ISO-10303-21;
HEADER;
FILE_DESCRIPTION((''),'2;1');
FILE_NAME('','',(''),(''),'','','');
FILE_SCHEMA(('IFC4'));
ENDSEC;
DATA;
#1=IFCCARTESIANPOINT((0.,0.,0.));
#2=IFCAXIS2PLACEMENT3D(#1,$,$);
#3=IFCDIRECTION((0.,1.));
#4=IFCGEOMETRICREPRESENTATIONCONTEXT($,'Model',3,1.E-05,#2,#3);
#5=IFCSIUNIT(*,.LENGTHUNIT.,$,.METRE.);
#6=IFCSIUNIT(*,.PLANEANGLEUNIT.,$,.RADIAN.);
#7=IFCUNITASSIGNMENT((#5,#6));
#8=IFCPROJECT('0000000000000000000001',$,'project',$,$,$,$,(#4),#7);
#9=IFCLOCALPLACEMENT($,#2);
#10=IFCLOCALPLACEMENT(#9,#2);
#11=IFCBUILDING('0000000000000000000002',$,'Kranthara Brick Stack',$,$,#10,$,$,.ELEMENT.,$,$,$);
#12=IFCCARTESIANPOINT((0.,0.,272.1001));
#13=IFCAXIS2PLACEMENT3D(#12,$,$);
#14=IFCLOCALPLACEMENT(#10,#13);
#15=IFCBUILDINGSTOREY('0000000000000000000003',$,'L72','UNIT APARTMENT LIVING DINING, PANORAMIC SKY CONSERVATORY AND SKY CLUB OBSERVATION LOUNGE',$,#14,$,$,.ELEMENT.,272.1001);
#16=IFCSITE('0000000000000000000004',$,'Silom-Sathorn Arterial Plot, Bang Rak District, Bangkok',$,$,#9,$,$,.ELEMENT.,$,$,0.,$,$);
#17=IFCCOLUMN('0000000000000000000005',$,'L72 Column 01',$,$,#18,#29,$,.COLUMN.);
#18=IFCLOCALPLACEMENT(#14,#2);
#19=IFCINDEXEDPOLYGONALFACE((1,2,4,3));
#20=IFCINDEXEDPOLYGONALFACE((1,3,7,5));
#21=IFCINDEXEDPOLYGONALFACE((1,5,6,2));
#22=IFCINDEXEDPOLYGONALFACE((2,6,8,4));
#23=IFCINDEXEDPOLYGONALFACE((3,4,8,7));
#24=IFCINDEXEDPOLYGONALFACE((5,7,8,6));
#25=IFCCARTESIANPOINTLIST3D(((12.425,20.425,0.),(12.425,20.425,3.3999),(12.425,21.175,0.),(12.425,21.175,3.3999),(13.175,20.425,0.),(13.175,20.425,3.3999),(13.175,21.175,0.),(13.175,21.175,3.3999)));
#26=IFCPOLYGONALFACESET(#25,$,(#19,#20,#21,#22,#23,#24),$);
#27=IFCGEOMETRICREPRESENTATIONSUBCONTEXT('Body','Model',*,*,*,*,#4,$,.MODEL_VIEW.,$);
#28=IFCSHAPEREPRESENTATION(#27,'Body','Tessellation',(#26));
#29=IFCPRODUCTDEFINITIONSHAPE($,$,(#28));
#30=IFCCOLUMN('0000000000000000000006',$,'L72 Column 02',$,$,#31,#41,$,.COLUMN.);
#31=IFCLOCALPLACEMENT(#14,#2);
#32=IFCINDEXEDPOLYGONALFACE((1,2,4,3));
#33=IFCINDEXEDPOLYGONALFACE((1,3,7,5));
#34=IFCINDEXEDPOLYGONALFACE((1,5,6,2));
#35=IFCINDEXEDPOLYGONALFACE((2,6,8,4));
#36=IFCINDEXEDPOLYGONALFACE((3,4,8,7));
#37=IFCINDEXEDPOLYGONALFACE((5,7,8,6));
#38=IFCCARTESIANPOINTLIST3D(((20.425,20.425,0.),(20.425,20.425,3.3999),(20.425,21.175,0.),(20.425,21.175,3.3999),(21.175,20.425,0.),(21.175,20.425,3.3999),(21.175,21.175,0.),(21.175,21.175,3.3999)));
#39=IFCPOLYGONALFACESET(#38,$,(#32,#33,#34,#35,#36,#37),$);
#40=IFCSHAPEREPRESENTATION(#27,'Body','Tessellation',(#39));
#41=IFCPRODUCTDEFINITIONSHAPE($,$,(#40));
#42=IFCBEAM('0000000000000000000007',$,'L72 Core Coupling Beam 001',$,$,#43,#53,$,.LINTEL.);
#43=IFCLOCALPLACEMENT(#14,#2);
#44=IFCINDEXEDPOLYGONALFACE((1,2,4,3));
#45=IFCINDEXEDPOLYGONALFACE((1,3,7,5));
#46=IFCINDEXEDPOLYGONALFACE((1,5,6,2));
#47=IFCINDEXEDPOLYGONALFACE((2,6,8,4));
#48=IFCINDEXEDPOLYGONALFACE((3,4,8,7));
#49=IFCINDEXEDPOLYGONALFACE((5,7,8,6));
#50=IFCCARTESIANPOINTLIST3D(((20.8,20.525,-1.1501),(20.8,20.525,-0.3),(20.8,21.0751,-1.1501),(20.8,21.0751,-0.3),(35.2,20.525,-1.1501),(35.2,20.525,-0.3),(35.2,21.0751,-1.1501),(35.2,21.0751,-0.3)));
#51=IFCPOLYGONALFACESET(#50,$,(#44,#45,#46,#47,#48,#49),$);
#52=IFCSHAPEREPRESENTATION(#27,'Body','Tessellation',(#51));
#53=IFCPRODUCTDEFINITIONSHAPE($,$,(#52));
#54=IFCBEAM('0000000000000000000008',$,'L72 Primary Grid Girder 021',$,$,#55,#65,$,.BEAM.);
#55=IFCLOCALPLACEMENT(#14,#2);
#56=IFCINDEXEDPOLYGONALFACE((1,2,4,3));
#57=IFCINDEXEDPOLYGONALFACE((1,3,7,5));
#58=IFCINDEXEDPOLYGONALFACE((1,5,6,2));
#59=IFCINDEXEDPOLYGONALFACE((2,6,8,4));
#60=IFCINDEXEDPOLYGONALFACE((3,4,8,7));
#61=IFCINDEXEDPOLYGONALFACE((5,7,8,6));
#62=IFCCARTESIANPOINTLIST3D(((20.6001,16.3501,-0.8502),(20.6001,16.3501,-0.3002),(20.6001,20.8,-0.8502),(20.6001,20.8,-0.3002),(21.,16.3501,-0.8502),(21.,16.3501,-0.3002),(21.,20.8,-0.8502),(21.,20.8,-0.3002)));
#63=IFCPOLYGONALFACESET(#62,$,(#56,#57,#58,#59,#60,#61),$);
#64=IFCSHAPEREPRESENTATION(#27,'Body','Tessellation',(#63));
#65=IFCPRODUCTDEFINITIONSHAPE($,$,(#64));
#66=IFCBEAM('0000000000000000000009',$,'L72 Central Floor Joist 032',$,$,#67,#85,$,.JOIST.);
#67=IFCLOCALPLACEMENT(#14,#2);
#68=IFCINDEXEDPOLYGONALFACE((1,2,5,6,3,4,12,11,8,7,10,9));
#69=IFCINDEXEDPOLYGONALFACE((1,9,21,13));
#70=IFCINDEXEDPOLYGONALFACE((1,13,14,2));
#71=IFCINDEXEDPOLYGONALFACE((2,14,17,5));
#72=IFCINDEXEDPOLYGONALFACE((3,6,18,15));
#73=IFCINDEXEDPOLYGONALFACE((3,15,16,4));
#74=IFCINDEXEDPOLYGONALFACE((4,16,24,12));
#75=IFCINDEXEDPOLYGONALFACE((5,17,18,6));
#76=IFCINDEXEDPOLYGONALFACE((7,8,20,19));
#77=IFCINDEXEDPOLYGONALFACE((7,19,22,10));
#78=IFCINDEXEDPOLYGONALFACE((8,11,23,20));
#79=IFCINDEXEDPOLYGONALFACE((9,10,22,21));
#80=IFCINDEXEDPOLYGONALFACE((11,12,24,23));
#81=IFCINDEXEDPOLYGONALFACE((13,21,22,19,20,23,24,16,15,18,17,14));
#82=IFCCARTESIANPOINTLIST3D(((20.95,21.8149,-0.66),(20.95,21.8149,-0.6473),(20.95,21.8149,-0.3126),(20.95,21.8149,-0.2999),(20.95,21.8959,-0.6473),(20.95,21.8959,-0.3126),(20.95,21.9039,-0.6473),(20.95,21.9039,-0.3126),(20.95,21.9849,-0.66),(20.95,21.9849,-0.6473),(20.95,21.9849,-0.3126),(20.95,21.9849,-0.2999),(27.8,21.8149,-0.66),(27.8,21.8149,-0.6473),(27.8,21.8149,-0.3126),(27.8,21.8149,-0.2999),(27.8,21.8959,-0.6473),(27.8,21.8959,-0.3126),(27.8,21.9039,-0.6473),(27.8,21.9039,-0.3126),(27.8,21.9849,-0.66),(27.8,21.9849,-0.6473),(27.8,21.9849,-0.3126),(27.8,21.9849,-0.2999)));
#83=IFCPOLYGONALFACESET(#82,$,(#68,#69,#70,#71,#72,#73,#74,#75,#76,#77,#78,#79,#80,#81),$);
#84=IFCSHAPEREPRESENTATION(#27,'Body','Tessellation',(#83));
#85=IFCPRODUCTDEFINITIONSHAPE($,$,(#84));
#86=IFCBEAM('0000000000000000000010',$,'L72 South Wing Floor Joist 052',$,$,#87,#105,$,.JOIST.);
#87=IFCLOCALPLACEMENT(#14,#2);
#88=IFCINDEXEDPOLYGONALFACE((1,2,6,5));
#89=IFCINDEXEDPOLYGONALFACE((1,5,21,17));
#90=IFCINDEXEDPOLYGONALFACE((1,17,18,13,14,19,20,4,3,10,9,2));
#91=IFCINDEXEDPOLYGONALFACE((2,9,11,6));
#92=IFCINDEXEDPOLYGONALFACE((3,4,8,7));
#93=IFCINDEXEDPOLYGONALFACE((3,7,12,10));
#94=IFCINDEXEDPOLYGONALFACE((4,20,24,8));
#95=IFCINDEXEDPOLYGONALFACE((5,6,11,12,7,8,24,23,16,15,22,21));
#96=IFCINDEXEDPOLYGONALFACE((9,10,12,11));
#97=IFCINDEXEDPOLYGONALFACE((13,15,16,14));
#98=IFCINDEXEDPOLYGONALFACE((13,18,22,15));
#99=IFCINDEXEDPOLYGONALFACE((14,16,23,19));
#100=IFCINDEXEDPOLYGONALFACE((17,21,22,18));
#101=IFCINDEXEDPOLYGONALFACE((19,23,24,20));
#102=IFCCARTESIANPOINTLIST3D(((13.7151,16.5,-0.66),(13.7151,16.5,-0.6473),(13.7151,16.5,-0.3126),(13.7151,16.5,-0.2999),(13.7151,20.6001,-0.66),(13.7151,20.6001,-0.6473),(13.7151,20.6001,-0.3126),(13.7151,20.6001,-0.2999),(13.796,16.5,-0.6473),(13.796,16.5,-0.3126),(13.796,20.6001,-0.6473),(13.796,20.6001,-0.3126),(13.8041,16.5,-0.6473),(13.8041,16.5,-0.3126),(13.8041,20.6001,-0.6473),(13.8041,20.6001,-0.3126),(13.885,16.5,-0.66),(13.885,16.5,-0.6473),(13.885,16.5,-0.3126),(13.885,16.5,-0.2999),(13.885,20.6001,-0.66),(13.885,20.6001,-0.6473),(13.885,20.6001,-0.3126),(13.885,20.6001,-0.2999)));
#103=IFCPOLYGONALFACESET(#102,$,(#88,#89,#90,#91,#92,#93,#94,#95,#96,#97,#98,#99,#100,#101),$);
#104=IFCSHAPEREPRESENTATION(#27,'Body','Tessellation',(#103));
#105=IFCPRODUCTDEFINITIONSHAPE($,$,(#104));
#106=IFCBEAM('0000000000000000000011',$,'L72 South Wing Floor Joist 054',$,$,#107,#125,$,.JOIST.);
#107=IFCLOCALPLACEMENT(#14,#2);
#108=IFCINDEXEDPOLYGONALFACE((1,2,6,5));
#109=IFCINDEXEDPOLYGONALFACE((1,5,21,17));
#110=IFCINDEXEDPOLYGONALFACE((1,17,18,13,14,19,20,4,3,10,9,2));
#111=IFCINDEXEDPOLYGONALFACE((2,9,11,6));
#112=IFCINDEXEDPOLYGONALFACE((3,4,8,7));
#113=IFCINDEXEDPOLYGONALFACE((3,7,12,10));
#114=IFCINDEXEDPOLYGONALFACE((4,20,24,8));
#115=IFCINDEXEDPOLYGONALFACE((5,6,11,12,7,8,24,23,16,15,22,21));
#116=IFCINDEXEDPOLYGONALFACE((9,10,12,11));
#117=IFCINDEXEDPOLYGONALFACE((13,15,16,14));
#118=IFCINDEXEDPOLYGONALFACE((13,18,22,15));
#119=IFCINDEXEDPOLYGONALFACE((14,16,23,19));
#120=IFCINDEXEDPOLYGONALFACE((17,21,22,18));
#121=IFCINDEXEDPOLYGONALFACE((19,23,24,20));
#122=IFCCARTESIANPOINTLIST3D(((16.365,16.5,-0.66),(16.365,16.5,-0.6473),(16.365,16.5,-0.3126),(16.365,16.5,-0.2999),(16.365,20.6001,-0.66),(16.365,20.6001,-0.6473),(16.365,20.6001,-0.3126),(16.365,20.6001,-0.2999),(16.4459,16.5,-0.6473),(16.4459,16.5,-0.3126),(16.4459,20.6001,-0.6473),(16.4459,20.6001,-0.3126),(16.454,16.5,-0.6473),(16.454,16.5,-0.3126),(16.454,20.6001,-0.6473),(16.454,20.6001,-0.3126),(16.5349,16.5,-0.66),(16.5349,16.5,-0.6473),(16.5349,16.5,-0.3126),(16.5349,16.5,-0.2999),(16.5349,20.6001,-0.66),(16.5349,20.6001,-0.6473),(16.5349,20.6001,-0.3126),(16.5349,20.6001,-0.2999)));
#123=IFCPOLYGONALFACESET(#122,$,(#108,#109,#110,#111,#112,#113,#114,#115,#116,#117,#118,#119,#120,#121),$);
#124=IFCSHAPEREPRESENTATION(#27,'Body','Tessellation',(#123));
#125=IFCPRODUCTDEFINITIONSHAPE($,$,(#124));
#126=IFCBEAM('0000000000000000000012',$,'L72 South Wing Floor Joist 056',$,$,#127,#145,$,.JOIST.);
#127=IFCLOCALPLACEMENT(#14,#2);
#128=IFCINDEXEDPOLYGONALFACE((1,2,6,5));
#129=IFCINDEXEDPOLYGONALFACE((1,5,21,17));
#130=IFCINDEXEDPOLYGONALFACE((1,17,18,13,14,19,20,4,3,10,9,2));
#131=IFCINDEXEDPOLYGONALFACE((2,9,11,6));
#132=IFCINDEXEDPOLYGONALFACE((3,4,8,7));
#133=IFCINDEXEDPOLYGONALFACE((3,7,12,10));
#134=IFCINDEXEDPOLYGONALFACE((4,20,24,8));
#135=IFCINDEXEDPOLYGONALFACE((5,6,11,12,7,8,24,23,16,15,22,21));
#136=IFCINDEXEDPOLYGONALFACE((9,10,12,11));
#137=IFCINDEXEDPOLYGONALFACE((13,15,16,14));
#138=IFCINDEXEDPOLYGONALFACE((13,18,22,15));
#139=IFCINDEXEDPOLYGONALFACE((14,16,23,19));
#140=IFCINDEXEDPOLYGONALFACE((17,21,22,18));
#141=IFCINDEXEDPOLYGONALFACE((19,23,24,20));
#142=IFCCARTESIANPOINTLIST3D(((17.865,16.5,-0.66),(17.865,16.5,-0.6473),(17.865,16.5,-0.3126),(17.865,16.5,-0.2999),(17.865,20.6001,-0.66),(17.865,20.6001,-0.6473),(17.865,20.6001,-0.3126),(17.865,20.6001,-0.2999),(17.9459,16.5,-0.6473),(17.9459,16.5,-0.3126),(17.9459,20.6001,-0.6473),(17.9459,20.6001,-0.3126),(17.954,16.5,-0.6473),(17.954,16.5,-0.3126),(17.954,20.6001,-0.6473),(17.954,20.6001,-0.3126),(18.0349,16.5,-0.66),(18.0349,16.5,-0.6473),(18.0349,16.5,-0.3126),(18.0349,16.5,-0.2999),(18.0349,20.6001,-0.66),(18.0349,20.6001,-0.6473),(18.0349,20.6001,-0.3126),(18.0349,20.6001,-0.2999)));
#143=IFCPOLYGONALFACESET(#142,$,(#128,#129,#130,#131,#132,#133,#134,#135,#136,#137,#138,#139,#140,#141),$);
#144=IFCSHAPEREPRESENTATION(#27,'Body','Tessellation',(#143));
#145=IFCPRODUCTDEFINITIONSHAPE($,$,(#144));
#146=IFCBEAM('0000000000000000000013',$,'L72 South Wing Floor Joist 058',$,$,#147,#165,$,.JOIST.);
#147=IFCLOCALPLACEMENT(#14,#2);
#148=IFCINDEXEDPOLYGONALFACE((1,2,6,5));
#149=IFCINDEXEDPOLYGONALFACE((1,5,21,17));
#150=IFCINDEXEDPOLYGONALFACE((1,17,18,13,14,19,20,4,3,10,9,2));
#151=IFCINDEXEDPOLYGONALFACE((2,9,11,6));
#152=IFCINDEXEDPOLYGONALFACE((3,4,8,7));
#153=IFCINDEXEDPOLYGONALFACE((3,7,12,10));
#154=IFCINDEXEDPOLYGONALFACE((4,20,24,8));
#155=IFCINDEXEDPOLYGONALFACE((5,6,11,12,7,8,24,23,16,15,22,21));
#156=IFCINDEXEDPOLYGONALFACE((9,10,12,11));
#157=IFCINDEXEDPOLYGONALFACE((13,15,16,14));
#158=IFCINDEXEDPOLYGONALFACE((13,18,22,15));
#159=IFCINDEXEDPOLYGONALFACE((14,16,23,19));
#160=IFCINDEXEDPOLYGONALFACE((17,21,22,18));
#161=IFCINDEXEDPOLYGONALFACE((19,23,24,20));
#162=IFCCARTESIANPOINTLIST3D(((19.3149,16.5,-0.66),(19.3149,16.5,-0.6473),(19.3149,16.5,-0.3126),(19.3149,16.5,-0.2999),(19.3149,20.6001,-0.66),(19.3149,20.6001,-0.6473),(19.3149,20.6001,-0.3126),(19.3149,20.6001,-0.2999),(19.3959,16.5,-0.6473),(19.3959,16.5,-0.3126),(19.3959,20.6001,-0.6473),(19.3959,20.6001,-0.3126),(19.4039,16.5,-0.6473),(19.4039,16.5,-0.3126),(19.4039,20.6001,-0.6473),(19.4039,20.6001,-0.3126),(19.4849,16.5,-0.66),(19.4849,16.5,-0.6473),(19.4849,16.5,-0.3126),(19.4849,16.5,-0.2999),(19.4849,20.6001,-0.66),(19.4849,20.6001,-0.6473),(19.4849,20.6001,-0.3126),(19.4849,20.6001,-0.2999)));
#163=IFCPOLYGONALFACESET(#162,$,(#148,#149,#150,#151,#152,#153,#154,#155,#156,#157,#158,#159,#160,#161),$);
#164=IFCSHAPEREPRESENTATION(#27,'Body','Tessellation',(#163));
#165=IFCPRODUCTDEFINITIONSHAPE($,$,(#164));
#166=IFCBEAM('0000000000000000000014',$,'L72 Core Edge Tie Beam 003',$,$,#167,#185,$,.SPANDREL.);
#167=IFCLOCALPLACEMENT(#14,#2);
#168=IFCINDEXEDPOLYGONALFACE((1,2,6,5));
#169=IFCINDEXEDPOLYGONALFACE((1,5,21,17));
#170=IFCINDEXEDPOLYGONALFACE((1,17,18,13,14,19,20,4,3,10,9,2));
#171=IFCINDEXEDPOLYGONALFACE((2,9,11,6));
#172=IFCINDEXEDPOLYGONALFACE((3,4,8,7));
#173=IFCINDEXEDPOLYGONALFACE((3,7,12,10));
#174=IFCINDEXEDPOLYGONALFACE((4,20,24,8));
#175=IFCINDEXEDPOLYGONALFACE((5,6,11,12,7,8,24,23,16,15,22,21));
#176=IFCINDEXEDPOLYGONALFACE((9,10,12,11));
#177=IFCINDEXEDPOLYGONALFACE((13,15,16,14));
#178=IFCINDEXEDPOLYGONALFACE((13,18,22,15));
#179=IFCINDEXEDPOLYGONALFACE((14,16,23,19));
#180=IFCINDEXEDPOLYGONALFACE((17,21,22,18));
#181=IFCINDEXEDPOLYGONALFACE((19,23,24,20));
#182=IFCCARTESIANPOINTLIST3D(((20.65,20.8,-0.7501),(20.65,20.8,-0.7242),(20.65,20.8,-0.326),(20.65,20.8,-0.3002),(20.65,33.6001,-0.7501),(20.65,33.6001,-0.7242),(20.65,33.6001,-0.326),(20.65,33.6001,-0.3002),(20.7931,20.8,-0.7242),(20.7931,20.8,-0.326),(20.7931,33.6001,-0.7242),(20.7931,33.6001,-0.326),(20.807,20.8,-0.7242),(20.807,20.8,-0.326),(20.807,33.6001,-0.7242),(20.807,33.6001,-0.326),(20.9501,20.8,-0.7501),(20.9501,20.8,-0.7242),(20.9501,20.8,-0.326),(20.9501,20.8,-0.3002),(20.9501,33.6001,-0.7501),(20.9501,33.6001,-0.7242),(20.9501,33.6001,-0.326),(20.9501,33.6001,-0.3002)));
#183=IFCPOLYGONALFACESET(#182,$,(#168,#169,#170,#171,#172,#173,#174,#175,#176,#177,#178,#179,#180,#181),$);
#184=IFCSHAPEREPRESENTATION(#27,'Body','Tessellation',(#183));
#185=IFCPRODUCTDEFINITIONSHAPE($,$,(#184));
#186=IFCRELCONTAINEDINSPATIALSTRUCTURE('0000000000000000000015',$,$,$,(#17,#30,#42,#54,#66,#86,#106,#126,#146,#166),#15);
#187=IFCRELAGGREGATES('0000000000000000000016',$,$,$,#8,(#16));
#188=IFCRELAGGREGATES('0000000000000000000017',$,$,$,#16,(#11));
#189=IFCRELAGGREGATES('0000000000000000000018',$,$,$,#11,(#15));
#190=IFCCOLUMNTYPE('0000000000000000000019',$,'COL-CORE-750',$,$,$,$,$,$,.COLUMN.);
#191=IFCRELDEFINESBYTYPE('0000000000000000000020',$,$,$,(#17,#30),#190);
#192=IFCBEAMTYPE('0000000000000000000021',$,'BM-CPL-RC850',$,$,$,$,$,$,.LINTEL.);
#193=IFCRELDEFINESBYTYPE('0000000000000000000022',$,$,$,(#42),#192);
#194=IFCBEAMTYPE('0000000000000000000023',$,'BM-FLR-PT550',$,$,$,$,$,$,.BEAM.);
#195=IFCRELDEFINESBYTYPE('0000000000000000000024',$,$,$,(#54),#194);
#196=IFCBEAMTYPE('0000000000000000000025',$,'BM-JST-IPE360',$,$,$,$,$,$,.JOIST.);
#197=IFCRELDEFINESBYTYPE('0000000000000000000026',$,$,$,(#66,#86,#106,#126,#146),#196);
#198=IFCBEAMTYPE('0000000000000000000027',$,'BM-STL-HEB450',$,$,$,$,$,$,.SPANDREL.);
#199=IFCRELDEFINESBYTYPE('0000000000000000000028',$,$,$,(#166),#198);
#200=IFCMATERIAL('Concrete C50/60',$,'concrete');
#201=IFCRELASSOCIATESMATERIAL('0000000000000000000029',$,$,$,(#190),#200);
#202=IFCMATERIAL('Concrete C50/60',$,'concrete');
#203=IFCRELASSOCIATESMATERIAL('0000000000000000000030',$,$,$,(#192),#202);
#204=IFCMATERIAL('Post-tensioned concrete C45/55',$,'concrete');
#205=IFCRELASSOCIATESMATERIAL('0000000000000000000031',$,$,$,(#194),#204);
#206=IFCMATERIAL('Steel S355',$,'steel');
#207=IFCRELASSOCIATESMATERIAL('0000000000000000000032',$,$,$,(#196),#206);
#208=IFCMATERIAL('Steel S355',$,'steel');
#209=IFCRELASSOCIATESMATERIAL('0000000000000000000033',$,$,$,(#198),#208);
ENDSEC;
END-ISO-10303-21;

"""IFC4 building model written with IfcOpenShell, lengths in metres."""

from ifc_helpers import new_model, si_unit, direction, frame, origin, origin_2d, place, context, subcontext, project, spatial, rectangle, i_section, extrude, material, material_profile, profile_set, type_object, element, save


model = new_model("IFC4")

# Units and contexts
model_context = context("Model", 3, precision=1e-05, world=origin(), true_north=direction((0.0, 1.0)))
body_context = subcontext(model_context, "Body", "Model", "MODEL_VIEW")
ifc_project = project(units=[si_unit("LENGTHUNIT", "METRE"), si_unit("PLANEANGLEUNIT", "RADIAN")], contexts=[model_context])

# Site, building, storey
site_placement = place(None, origin())
site = spatial("IfcSite", under=ifc_project, at=site_placement, Name="Silom-Sathorn Arterial Plot, Bang Rak District, Bangkok", CompositionType="ELEMENT", RefElevation=0.0)
building_placement = place(site_placement, origin())
building = spatial("IfcBuilding", under=site, at=building_placement, Name="Kranthara Brick Stack", CompositionType="ELEMENT")
storey_placement = place(building_placement, frame((0.0, 0.0, 272.1001)))
storey = spatial("IfcBuildingStorey", under=building, at=storey_placement, Name="L72", Description="UNIT APARTMENT LIVING DINING, PANORAMIC SKY CONSERVATORY AND SKY CLUB OBSERVATION LOUNGE", CompositionType="ELEMENT", Elevation=272.1001)

# Columns
ifc_material_1 = material(Name="Concrete C50/60", Category="concrete")
ifc_material_profile_1 = material_profile(ifc_material_1, rectangle(XDim=0.75, YDim=0.75, at=origin_2d()), Name="RC 750x750")
ifc_profile_set_1 = profile_set([ifc_material_profile_1], Name="Concrete C50/60")
column_type = type_object("IfcColumnType", Name="COL-CORE-750", PredefinedType="COLUMN", material=ifc_profile_set_1)
for number, where, z_axis, x_axis, name in (
    (1, (12.8, 20.8, 0.0), (0.0, 0.0, 1.0), (1.0, 0.0, 0.0), "L72 Column 01"),
    (2, (20.8, 20.8, 0.0), (0.0, 0.0, 1.0), (1.0, 0.0, 0.0), "L72 Column 02"),
):
    element("IfcColumn", number, at=place(storey_placement, frame(where, z_axis=z_axis, x_axis=x_axis)), inside=storey, type_object=column_type, Name=name, PredefinedType="COLUMN", context=body_context, shape_type="SweptSolid", body=[
        extrude(rectangle(XDim=0.75, YDim=0.75, at=origin_2d()), origin(), (0.0, 0.0, 1.0), 3.3999),
    ])

# Beams
ifc_material_2 = material(Name="Concrete C50/60", Category="concrete")
ifc_material_profile_2 = material_profile(ifc_material_2, rectangle(XDim=0.55, YDim=0.8501, at=origin_2d()), Name="RC 550x850")
ifc_profile_set_2 = profile_set([ifc_material_profile_2], Name="Concrete C50/60")
beam_type_1 = type_object("IfcBeamType", Name="BM-CPL-RC850", PredefinedType="LINTEL", material=ifc_profile_set_2)
beam_1_placement = place(storey_placement, frame((20.8, 20.8, -0.7251), z_axis=(1.0, 0.0, 0.0), x_axis=(0.0, 1.0, 0.0)))
element("IfcBeam", 3, at=beam_1_placement, inside=storey, type_object=beam_type_1, Name="L72 Core Coupling Beam 001", PredefinedType="LINTEL", context=body_context, shape_type="SweptSolid", body=[
    extrude(rectangle(XDim=0.55, YDim=0.8501, at=origin_2d()), origin(), (0.0, 0.0, 1.0), 14.3999),
])
ifc_material_3 = material(Name="Post-tensioned concrete C45/55", Category="concrete")
ifc_material_profile_3 = material_profile(ifc_material_3, rectangle(XDim=0.3999, YDim=0.55, at=origin_2d()), Name="PT 400x550")
ifc_profile_set_3 = profile_set([ifc_material_profile_3], Name="Post-tensioned concrete C45/55")
beam_type_2 = type_object("IfcBeamType", Name="BM-FLR-PT550", PredefinedType="BEAM", material=ifc_profile_set_3)
beam_2_placement = place(storey_placement, frame((20.8, 16.3501, -0.5752), z_axis=(0.0, 1.0, 0.0), x_axis=(-1.0, 0.0, 0.0)))
element("IfcBeam", 4, at=beam_2_placement, inside=storey, type_object=beam_type_2, Name="L72 Primary Grid Girder 021", PredefinedType="BEAM", context=body_context, shape_type="SweptSolid", body=[
    extrude(rectangle(XDim=0.3999, YDim=0.55, at=origin_2d()), origin(), (0.0, 0.0, 1.0), 4.45),
])
ifc_material_4 = material(Name="Steel S355", Category="steel")
ifc_material_profile_4 = material_profile(ifc_material_4, i_section(OverallWidth=0.1699, OverallDepth=0.3601, WebThickness=0.0081, FlangeThickness=0.0127, at=origin_2d()), Name="IPE 360")
ifc_profile_set_4 = profile_set([ifc_material_profile_4], Name="Steel S355")
beam_type_3 = type_object("IfcBeamType", Name="BM-JST-IPE360", PredefinedType="JOIST", material=ifc_profile_set_4)
beam_3_placement = place(storey_placement, frame((20.95, 21.8999, -0.48), z_axis=(1.0, 0.0, 0.0), x_axis=(0.0, 1.0, 0.0)))
element("IfcBeam", 5, at=beam_3_placement, inside=storey, type_object=beam_type_3, Name="L72 Central Floor Joist 032", PredefinedType="JOIST", context=body_context, shape_type="SweptSolid", body=[
    extrude(i_section(OverallWidth=0.1699, OverallDepth=0.3601, WebThickness=0.0081, FlangeThickness=0.0127, at=origin_2d()), origin(), (0.0, 0.0, 1.0), 6.8501),
])
for number, where, z_axis, x_axis, name in (
    (6, (13.8, 16.5, -0.48), (0.0, 1.0, 0.0), (-1.0, 0.0, 0.0), "L72 South Wing Floor Joist 052"),
    (7, (16.45, 16.5, -0.48), (0.0, 1.0, 0.0), (-1.0, 0.0, 0.0), "L72 South Wing Floor Joist 054"),
    (8, (17.95, 16.5, -0.48), (0.0, 1.0, 0.0), (-1.0, 0.0, 0.0), "L72 South Wing Floor Joist 056"),
    (9, (19.3999, 16.5, -0.48), (0.0, 1.0, 0.0), (-1.0, 0.0, 0.0), "L72 South Wing Floor Joist 058"),
):
    element("IfcBeam", number, at=place(storey_placement, frame(where, z_axis=z_axis, x_axis=x_axis)), inside=storey, type_object=beam_type_3, Name=name, PredefinedType="JOIST", context=body_context, shape_type="SweptSolid", body=[
        extrude(i_section(OverallWidth=0.1699, OverallDepth=0.3601, WebThickness=0.0081, FlangeThickness=0.0127, at=origin_2d()), origin(), (0.0, 0.0, 1.0), 4.1001),
    ])
ifc_material_5 = material(Name="Steel S355", Category="steel")
ifc_material_profile_5 = material_profile(ifc_material_5, i_section(OverallWidth=0.3, OverallDepth=0.45, WebThickness=0.0139, FlangeThickness=0.0259, at=origin_2d()), Name="HEB 450")
ifc_profile_set_5 = profile_set([ifc_material_profile_5], Name="Steel S355")
beam_type_4 = type_object("IfcBeamType", Name="BM-STL-HEB450", PredefinedType="SPANDREL", material=ifc_profile_set_5)
beam_4_placement = place(storey_placement, frame((20.8, 20.8, -0.5251), z_axis=(0.0, 1.0, 0.0), x_axis=(-1.0, 0.0, 0.0)))
element("IfcBeam", 10, at=beam_4_placement, inside=storey, type_object=beam_type_4, Name="L72 Core Edge Tie Beam 003", PredefinedType="SPANDREL", context=body_context, shape_type="SweptSolid", body=[
    extrude(i_section(OverallWidth=0.3, OverallDepth=0.45, WebThickness=0.0139, FlangeThickness=0.0259, at=origin_2d()), origin(), (0.0, 0.0, 1.0), 12.8),
])

save(model, "model.ifc")
